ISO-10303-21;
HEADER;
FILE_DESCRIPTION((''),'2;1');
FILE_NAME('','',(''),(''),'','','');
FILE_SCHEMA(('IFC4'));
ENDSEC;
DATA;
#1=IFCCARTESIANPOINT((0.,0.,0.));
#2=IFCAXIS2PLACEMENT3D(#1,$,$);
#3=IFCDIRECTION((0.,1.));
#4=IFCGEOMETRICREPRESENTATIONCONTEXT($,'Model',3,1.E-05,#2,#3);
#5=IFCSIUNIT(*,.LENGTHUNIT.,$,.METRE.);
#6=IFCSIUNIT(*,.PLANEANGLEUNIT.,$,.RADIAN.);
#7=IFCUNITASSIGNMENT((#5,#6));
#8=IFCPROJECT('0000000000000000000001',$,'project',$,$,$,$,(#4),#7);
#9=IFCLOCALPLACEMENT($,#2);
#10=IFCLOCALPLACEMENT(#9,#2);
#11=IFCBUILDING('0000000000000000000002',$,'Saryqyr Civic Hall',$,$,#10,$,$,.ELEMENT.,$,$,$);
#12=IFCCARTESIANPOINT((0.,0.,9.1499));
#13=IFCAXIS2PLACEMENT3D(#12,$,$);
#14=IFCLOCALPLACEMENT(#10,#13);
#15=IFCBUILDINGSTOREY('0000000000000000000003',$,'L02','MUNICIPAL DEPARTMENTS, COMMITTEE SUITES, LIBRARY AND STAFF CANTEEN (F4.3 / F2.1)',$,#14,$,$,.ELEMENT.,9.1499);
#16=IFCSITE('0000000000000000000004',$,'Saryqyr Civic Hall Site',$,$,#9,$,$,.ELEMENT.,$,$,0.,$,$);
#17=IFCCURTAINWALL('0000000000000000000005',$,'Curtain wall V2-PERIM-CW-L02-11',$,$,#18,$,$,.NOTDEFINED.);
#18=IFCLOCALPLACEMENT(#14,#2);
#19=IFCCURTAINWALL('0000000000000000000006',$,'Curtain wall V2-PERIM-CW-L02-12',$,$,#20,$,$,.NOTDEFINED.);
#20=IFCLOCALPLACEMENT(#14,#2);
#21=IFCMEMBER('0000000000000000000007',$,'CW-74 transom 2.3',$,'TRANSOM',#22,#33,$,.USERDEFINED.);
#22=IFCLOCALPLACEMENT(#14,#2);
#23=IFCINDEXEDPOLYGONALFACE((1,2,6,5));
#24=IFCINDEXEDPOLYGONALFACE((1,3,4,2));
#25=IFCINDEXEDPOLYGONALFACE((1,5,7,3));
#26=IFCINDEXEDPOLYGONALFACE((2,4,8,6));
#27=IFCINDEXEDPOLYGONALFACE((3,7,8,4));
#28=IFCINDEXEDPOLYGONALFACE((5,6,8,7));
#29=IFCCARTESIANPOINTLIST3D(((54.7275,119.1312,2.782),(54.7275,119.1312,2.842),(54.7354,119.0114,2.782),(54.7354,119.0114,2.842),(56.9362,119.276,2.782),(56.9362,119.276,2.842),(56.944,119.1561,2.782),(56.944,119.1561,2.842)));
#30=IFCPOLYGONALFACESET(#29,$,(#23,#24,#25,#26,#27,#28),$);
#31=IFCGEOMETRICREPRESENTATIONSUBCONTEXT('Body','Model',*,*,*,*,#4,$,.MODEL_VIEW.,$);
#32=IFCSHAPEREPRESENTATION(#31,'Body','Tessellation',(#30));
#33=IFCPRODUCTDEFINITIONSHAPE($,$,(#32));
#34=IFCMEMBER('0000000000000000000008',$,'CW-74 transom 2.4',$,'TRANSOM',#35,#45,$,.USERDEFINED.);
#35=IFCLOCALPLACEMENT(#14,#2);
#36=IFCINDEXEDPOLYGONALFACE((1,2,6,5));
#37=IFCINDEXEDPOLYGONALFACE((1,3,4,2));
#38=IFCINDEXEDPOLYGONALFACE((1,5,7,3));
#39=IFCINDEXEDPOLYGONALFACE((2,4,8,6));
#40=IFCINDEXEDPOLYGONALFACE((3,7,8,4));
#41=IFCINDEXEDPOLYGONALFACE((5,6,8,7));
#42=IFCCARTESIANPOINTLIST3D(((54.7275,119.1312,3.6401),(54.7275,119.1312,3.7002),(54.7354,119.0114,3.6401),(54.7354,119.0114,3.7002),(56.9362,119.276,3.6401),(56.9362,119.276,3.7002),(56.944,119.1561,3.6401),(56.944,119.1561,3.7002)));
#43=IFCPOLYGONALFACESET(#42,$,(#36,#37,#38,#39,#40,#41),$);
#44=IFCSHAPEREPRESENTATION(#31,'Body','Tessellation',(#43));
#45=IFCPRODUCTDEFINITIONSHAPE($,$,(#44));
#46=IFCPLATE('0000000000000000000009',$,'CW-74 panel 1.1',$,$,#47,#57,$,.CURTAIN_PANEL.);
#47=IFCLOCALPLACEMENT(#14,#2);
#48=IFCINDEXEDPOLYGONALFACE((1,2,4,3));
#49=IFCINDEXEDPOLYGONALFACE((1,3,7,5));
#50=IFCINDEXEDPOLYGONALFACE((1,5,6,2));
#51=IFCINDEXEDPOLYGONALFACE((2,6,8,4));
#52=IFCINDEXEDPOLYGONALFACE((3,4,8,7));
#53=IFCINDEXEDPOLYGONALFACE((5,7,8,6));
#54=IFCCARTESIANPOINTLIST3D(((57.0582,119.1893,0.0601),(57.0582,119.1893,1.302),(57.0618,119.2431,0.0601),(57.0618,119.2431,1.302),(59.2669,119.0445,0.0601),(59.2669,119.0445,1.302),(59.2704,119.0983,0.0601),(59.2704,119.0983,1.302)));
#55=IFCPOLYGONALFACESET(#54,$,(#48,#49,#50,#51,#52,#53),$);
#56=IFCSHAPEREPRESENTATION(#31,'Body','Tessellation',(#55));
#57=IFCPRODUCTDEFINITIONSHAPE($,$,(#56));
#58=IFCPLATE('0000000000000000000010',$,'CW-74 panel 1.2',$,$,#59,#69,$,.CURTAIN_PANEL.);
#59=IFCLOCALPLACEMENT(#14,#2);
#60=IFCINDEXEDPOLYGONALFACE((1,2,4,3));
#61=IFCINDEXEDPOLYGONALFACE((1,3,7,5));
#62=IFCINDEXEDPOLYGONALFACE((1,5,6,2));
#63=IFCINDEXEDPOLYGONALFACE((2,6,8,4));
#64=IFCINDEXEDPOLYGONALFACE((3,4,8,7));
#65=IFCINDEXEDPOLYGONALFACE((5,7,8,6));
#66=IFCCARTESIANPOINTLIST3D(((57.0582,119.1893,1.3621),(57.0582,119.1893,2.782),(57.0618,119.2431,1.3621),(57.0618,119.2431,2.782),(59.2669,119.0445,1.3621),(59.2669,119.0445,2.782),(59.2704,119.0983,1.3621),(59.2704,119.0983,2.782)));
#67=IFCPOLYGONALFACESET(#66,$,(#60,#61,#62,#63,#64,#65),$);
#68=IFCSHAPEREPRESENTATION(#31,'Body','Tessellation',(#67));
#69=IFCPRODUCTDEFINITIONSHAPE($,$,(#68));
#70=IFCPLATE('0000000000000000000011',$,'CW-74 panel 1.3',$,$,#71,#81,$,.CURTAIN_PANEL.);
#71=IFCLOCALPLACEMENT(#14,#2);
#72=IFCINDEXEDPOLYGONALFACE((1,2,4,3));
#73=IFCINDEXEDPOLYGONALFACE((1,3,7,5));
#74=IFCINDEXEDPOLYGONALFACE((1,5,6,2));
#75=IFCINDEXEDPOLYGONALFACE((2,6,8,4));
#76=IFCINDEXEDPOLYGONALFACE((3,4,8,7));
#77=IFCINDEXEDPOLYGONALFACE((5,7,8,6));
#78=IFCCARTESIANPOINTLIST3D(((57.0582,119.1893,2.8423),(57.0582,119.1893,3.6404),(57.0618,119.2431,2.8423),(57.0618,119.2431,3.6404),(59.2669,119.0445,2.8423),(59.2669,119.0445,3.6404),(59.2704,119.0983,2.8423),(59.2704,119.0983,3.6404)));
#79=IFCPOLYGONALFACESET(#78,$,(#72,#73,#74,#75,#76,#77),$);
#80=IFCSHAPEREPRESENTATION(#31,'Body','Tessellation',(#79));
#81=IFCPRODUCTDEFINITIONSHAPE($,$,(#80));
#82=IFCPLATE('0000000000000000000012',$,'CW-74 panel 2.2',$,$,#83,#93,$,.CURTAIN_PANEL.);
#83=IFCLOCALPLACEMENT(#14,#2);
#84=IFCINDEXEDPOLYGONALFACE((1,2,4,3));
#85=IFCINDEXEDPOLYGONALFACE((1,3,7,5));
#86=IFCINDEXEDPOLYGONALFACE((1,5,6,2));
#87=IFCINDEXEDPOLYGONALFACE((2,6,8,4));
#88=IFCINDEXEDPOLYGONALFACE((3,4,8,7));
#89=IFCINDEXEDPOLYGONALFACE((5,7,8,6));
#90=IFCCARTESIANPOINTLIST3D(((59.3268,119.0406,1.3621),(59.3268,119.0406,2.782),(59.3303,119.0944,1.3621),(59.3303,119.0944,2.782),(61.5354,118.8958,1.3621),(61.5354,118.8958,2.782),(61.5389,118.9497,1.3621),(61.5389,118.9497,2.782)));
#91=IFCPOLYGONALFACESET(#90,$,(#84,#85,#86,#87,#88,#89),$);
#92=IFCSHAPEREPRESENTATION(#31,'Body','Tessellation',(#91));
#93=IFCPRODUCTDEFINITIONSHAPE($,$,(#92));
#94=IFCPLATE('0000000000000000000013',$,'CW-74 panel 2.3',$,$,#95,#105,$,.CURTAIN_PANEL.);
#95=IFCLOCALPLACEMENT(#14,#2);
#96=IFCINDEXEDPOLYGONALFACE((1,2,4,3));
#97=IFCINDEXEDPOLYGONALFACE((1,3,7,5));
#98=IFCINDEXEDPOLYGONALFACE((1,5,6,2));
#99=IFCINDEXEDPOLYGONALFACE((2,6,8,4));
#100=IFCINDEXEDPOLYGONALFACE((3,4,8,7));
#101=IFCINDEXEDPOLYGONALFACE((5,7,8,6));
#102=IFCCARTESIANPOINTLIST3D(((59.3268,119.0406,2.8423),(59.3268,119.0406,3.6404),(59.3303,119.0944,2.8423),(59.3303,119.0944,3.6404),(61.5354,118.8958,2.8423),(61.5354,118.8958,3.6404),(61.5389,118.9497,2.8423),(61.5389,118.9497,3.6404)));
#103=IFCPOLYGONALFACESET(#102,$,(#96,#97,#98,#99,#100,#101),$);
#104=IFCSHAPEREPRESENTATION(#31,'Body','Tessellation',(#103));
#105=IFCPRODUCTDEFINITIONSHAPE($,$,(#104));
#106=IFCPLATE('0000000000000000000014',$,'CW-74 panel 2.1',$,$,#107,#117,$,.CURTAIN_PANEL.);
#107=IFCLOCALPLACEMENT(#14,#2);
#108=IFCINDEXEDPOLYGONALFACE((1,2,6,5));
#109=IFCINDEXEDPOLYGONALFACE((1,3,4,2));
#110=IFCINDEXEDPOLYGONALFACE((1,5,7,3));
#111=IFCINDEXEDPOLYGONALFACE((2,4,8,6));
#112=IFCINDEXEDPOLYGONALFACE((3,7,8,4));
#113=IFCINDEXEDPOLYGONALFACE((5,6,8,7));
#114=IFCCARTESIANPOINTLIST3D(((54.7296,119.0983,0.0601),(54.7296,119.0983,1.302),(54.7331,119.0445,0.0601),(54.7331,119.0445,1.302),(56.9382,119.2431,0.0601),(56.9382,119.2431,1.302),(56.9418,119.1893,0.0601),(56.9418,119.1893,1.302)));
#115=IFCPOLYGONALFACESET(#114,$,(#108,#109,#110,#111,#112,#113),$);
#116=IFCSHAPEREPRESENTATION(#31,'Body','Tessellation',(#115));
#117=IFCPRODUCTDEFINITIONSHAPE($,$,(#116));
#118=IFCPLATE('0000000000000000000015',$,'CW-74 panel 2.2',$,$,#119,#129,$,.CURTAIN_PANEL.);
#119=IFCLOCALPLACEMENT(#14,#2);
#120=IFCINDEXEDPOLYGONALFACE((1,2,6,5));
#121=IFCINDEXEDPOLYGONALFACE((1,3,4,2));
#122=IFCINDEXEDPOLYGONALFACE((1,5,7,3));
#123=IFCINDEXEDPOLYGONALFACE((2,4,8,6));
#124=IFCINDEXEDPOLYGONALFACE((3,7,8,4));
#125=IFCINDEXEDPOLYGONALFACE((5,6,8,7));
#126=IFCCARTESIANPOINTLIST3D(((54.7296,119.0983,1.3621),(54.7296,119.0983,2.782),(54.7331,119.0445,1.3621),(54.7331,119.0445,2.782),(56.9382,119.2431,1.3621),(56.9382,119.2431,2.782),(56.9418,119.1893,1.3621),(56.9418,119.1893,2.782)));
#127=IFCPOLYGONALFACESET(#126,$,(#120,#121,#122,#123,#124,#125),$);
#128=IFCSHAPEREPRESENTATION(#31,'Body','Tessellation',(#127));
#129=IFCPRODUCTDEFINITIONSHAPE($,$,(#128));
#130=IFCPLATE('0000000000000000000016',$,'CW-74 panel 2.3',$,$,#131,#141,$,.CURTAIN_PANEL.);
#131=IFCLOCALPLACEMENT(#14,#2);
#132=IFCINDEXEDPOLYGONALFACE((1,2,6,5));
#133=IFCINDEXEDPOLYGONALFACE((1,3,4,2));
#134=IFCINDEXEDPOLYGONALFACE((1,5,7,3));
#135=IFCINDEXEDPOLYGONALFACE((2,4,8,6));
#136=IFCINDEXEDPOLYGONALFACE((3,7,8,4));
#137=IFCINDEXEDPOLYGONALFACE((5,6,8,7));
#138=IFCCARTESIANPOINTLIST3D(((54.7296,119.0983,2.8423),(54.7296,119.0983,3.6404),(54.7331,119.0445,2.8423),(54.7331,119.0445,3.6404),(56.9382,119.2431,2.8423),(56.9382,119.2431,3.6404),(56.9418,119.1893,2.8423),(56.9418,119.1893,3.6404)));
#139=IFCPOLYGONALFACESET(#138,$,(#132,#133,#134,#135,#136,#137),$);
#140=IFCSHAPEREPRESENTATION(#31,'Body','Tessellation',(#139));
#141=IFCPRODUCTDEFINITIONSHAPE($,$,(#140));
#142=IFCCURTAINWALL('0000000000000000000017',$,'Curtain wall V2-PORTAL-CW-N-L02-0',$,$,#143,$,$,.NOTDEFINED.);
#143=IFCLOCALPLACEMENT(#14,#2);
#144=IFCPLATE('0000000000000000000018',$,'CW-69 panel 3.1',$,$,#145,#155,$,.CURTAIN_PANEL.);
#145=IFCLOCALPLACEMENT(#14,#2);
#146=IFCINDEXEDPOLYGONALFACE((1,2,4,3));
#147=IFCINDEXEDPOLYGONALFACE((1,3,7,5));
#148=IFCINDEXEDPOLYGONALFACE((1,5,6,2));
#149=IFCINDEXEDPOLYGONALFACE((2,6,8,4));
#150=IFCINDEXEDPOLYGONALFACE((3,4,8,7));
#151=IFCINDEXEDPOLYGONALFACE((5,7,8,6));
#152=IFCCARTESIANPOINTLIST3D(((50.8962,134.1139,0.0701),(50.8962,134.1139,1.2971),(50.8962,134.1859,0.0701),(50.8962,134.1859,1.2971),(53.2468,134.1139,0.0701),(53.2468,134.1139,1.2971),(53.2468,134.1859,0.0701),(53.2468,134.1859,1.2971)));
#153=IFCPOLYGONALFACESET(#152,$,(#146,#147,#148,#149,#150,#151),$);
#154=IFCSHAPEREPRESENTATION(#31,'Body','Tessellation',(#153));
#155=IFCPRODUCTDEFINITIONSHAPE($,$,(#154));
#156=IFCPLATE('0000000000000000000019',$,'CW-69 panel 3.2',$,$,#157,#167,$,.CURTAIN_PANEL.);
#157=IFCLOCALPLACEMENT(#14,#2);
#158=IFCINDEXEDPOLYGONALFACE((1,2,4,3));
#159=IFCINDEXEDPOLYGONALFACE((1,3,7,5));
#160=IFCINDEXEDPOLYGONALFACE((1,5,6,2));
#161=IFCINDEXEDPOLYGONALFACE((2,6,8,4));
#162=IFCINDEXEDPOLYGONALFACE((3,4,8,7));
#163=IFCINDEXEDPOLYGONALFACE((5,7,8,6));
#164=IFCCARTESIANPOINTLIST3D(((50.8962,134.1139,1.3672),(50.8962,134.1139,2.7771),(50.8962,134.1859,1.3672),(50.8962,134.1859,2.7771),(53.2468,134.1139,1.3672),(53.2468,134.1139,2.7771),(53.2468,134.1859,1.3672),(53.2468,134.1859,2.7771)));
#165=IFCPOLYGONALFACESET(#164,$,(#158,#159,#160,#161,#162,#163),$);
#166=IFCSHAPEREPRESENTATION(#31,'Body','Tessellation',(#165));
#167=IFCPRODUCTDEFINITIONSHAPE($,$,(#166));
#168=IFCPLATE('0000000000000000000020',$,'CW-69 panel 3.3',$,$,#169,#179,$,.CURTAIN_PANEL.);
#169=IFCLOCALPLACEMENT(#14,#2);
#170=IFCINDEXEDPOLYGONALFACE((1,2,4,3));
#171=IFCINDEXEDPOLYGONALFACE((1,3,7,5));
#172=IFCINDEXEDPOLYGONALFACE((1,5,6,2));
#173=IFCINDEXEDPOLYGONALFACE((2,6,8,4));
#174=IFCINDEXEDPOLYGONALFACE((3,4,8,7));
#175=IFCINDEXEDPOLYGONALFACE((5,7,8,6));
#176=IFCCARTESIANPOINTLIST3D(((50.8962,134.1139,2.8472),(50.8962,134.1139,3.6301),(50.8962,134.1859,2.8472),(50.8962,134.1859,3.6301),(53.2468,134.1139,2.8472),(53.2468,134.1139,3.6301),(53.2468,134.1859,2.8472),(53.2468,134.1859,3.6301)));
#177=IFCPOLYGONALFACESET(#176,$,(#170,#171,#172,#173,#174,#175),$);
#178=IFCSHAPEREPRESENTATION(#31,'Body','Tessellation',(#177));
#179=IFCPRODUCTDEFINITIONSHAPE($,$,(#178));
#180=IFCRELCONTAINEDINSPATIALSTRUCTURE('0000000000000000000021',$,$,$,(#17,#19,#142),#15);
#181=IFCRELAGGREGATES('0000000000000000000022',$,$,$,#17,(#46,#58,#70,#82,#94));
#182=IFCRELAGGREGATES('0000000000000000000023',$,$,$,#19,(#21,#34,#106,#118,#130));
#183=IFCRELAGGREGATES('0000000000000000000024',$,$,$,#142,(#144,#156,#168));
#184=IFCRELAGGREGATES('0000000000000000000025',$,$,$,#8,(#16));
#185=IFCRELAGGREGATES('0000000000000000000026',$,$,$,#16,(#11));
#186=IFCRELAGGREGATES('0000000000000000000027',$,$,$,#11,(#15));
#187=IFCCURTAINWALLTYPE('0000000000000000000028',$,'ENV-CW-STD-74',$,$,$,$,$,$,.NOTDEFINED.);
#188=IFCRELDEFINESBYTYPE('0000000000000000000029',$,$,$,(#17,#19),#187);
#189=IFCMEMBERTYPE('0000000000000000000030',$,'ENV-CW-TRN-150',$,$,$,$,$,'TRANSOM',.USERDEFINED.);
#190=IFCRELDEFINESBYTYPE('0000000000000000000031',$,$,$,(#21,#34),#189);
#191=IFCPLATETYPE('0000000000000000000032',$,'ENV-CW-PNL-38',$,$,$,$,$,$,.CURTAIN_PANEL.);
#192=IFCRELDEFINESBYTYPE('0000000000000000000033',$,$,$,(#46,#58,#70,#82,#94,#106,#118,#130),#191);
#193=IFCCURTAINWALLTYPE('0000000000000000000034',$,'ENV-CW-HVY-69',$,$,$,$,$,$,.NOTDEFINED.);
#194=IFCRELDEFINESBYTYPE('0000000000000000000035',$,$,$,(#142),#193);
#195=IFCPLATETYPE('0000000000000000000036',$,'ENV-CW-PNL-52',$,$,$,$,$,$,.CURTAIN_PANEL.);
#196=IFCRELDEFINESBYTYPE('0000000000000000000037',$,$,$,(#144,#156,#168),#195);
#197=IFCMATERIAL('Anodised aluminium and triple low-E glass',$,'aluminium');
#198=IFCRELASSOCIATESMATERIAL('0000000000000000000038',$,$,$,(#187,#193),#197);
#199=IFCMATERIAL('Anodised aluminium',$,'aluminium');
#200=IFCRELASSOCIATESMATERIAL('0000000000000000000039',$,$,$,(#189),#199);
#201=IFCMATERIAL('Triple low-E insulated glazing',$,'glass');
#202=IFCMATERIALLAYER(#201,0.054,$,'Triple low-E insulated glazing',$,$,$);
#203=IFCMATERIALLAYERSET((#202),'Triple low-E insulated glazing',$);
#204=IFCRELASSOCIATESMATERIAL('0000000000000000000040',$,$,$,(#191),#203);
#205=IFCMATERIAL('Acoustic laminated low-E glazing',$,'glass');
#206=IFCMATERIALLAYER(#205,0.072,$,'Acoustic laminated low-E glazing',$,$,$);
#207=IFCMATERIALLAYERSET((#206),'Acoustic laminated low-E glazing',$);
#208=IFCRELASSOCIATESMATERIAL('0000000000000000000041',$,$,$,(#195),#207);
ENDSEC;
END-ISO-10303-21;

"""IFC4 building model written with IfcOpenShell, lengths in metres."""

from ifc_helpers import new_model, si_unit, direction, frame, origin, origin_2d, place, context, subcontext, project, spatial, rectangle, extrude, material, layer, layer_set, material_profile, profile_set, type_object, element, aggregate, save


model = new_model("IFC4")

# Units and contexts
model_context = context("Model", 3, precision=1e-05, world=origin(), true_north=direction((0.0, 1.0)))
body_context = subcontext(model_context, "Body", "Model", "MODEL_VIEW")
ifc_project = project(units=[si_unit("LENGTHUNIT", "METRE"), si_unit("PLANEANGLEUNIT", "RADIAN")], contexts=[model_context])

# Site, building, storey
site_placement = place(None, origin())
site = spatial("IfcSite", under=ifc_project, at=site_placement, Name="Saryqyr Civic Hall Site", CompositionType="ELEMENT", RefElevation=0.0)
building_placement = place(site_placement, origin())
building = spatial("IfcBuilding", under=site, at=building_placement, Name="Saryqyr Civic Hall", CompositionType="ELEMENT")
storey_placement = place(building_placement, frame((0.0, 0.0, 9.1499)))
storey = spatial("IfcBuildingStorey", under=building, at=storey_placement, Name="L02", Description="MUNICIPAL DEPARTMENTS, COMMITTEE SUITES, LIBRARY AND STAFF CANTEEN (F4.3 / F2.1)", CompositionType="ELEMENT", Elevation=9.1499)

# Curtain walls
ifc_material_1 = material(Name="Anodised aluminium and triple low-E glass", Category="aluminium")
curtain_wall_type_1 = type_object("IfcCurtainWallType", Name="ENV-CW-STD-74", PredefinedType="NOTDEFINED", material=ifc_material_1)
curtain_wall_1_placement = place(storey_placement, origin())
curtain_wall_1 = element("IfcCurtainWall", 1, at=curtain_wall_1_placement, inside=storey, type_object=curtain_wall_type_1, Name="Curtain wall V2-PERIM-CW-L02-11", PredefinedType="NOTDEFINED")
ifc_material_2 = material(Name="Anodised aluminium", Category="aluminium")
curtain_wall_2_placement = place(storey_placement, origin())
curtain_wall_2 = element("IfcCurtainWall", 2, at=curtain_wall_2_placement, inside=storey, type_object=curtain_wall_type_1, Name="Curtain wall V2-PERIM-CW-L02-12", PredefinedType="NOTDEFINED")

# Members
ifc_material_profile_1 = material_profile(ifc_material_2, rectangle(XDim=0.1201, YDim=0.0601, at=origin_2d()), Name="ALU TRANSOM 120x60")
ifc_profile_set_1 = profile_set([ifc_material_profile_1], Name="Anodised aluminium")
member_type_1 = type_object("IfcMemberType", Name="ENV-CW-TRN-150", ElementType="TRANSOM", PredefinedType="USERDEFINED", material=ifc_profile_set_1)
member_1_placement = place(storey_placement, frame((54.7314, 119.0713, 2.812), z_axis=(0.997859, 0.065406, 0.0), x_axis=(-0.065406, 0.997859, 0.0)))
member_1 = element("IfcMember", 3, at=member_1_placement, type_object=member_type_1, Name="CW-74 transom 2.3", ObjectType="TRANSOM", PredefinedType="USERDEFINED", context=body_context, shape_type="SweptSolid", body=[
    extrude(rectangle(XDim=0.1201, YDim=0.0601, at=origin_2d()), origin(), (0.0, 0.0, 1.0), 2.2134),
])
member_2_placement = place(storey_placement, frame((54.7314, 119.0713, 3.6702), z_axis=(0.997859, 0.065406, 0.0), x_axis=(-0.065406, 0.997859, 0.0)))
member_2 = element("IfcMember", 4, at=member_2_placement, type_object=member_type_1, Name="CW-74 transom 2.4", ObjectType="TRANSOM", PredefinedType="USERDEFINED", context=body_context, shape_type="SweptSolid", body=[
    extrude(rectangle(XDim=0.1201, YDim=0.0601, at=origin_2d()), origin(), (0.0, 0.0, 1.0), 2.2134),
])

# Plates
ifc_material_3 = material(Name="Triple low-E insulated glazing", Category="glass")
ifc_layer_1 = layer(ifc_material_3, 0.054, Name="Triple low-E insulated glazing")
ifc_layer_set_1 = layer_set([ifc_layer_1], Name="Triple low-E insulated glazing")
plate_type_1 = type_object("IfcPlateType", Name="ENV-CW-PNL-38", PredefinedType="CURTAIN_PANEL", material=ifc_layer_set_1)
plate_1_placement = place(storey_placement, frame((58.1643, 119.1438, 0.0601), z_axis=(0.0, 0.0, 1.0), x_axis=(0.997859, -0.065401, 0.0)))
plate_1 = element("IfcPlate", 5, at=plate_1_placement, type_object=plate_type_1, Name="CW-74 panel 1.1", PredefinedType="CURTAIN_PANEL", context=body_context, shape_type="SweptSolid", body=[
    extrude(rectangle(XDim=2.2134, YDim=0.054, at=origin_2d()), origin(), (0.0, 0.0, 1.0), 1.2419),
])
plate_2_placement = place(storey_placement, frame((58.1643, 119.1438, 1.3621), z_axis=(0.0, 0.0, 1.0), x_axis=(0.997859, -0.065401, 0.0)))
plate_2 = element("IfcPlate", 6, at=plate_2_placement, type_object=plate_type_1, Name="CW-74 panel 1.2", PredefinedType="CURTAIN_PANEL", context=body_context, shape_type="SweptSolid", body=[
    extrude(rectangle(XDim=2.2134, YDim=0.054, at=origin_2d()), origin(), (0.0, 0.0, 1.0), 1.4199),
])
plate_3_placement = place(storey_placement, frame((58.1643, 119.1438, 2.8423), z_axis=(0.0, 0.0, 1.0), x_axis=(0.997859, -0.065401, 0.0)))
plate_3 = element("IfcPlate", 7, at=plate_3_placement, type_object=plate_type_1, Name="CW-74 panel 1.3", PredefinedType="CURTAIN_PANEL", context=body_context, shape_type="SweptSolid", body=[
    extrude(rectangle(XDim=2.2134, YDim=0.054, at=origin_2d()), origin(), (0.0, 0.0, 1.0), 0.7981),
])
plate_4_placement = place(storey_placement, frame((60.4329, 118.9951, 1.3621), z_axis=(0.0, 0.0, 1.0), x_axis=(0.997859, -0.065401, 0.0)))
plate_4 = element("IfcPlate", 8, at=plate_4_placement, type_object=plate_type_1, Name="CW-74 panel 2.2", PredefinedType="CURTAIN_PANEL", context=body_context, shape_type="SweptSolid", body=[
    extrude(rectangle(XDim=2.2134, YDim=0.054, at=origin_2d()), origin(), (0.0, 0.0, 1.0), 1.4199),
])
plate_5_placement = place(storey_placement, frame((60.4329, 118.9951, 2.8423), z_axis=(0.0, 0.0, 1.0), x_axis=(0.997859, -0.065401, 0.0)))
plate_5 = element("IfcPlate", 9, at=plate_5_placement, type_object=plate_type_1, Name="CW-74 panel 2.3", PredefinedType="CURTAIN_PANEL", context=body_context, shape_type="SweptSolid", body=[
    extrude(rectangle(XDim=2.2134, YDim=0.054, at=origin_2d()), origin(), (0.0, 0.0, 1.0), 0.7981),
])
aggregate(curtain_wall_1, [plate_1, plate_2, plate_3, plate_4, plate_5])
plate_6_placement = place(storey_placement, frame((55.8357, 119.1438, 0.0601), z_axis=(0.0, 0.0, 1.0), x_axis=(0.997859, 0.065401, 0.0)))
plate_6 = element("IfcPlate", 10, at=plate_6_placement, type_object=plate_type_1, Name="CW-74 panel 2.1", PredefinedType="CURTAIN_PANEL", context=body_context, shape_type="SweptSolid", body=[
    extrude(rectangle(XDim=2.2134, YDim=0.054, at=origin_2d()), origin(), (0.0, 0.0, 1.0), 1.2419),
])
plate_7_placement = place(storey_placement, frame((55.8357, 119.1438, 1.3621), z_axis=(0.0, 0.0, 1.0), x_axis=(0.997859, 0.065401, 0.0)))
plate_7 = element("IfcPlate", 11, at=plate_7_placement, type_object=plate_type_1, Name="CW-74 panel 2.2", PredefinedType="CURTAIN_PANEL", context=body_context, shape_type="SweptSolid", body=[
    extrude(rectangle(XDim=2.2134, YDim=0.054, at=origin_2d()), origin(), (0.0, 0.0, 1.0), 1.4199),
])
plate_8_placement = place(storey_placement, frame((55.8357, 119.1438, 2.8423), z_axis=(0.0, 0.0, 1.0), x_axis=(0.997859, 0.065401, 0.0)))
plate_8 = element("IfcPlate", 12, at=plate_8_placement, type_object=plate_type_1, Name="CW-74 panel 2.3", PredefinedType="CURTAIN_PANEL", context=body_context, shape_type="SweptSolid", body=[
    extrude(rectangle(XDim=2.2134, YDim=0.054, at=origin_2d()), origin(), (0.0, 0.0, 1.0), 0.7981),
])
aggregate(curtain_wall_2, [member_1, member_2, plate_6, plate_7, plate_8])

# Curtain wall, plates
curtain_wall_type_2 = type_object("IfcCurtainWallType", Name="ENV-CW-HVY-69", PredefinedType="NOTDEFINED", material=ifc_material_1)
curtain_wall_3_placement = place(storey_placement, origin())
curtain_wall_3 = element("IfcCurtainWall", 13, at=curtain_wall_3_placement, inside=storey, type_object=curtain_wall_type_2, Name="Curtain wall V2-PORTAL-CW-N-L02-0", PredefinedType="NOTDEFINED")
ifc_material_4 = material(Name="Acoustic laminated low-E glazing", Category="glass")
ifc_layer_2 = layer(ifc_material_4, 0.072, Name="Acoustic laminated low-E glazing")
ifc_layer_set_2 = layer_set([ifc_layer_2], Name="Acoustic laminated low-E glazing")
plate_type_2 = type_object("IfcPlateType", Name="ENV-CW-PNL-52", PredefinedType="CURTAIN_PANEL", material=ifc_layer_set_2)
plate_9_placement = place(storey_placement, frame((52.0715, 134.1499, 0.0701), z_axis=(0.0, 0.0, 1.0), x_axis=(1.0, 0.0, 0.0)))
plate_9 = element("IfcPlate", 14, at=plate_9_placement, type_object=plate_type_2, Name="CW-69 panel 3.1", PredefinedType="CURTAIN_PANEL", context=body_context, shape_type="SweptSolid", body=[
    extrude(rectangle(XDim=2.3506, YDim=0.072, at=origin_2d()), origin(), (0.0, 0.0, 1.0), 1.2271),
])
plate_10_placement = place(storey_placement, frame((52.0715, 134.1499, 1.3672), z_axis=(0.0, 0.0, 1.0), x_axis=(1.0, 0.0, 0.0)))
plate_10 = element("IfcPlate", 15, at=plate_10_placement, type_object=plate_type_2, Name="CW-69 panel 3.2", PredefinedType="CURTAIN_PANEL", context=body_context, shape_type="SweptSolid", body=[
    extrude(rectangle(XDim=2.3506, YDim=0.072, at=origin_2d()), origin(), (0.0, 0.0, 1.0), 1.4099),
])
plate_11_placement = place(storey_placement, frame((52.0715, 134.1499, 2.8472), z_axis=(0.0, 0.0, 1.0), x_axis=(1.0, 0.0, 0.0)))
plate_11 = element("IfcPlate", 16, at=plate_11_placement, type_object=plate_type_2, Name="CW-69 panel 3.3", PredefinedType="CURTAIN_PANEL", context=body_context, shape_type="SweptSolid", body=[
    extrude(rectangle(XDim=2.3506, YDim=0.072, at=origin_2d()), origin(), (0.0, 0.0, 1.0), 0.783),
])
aggregate(curtain_wall_3, [plate_9, plate_10, plate_11])

save(model, "model.ifc")
